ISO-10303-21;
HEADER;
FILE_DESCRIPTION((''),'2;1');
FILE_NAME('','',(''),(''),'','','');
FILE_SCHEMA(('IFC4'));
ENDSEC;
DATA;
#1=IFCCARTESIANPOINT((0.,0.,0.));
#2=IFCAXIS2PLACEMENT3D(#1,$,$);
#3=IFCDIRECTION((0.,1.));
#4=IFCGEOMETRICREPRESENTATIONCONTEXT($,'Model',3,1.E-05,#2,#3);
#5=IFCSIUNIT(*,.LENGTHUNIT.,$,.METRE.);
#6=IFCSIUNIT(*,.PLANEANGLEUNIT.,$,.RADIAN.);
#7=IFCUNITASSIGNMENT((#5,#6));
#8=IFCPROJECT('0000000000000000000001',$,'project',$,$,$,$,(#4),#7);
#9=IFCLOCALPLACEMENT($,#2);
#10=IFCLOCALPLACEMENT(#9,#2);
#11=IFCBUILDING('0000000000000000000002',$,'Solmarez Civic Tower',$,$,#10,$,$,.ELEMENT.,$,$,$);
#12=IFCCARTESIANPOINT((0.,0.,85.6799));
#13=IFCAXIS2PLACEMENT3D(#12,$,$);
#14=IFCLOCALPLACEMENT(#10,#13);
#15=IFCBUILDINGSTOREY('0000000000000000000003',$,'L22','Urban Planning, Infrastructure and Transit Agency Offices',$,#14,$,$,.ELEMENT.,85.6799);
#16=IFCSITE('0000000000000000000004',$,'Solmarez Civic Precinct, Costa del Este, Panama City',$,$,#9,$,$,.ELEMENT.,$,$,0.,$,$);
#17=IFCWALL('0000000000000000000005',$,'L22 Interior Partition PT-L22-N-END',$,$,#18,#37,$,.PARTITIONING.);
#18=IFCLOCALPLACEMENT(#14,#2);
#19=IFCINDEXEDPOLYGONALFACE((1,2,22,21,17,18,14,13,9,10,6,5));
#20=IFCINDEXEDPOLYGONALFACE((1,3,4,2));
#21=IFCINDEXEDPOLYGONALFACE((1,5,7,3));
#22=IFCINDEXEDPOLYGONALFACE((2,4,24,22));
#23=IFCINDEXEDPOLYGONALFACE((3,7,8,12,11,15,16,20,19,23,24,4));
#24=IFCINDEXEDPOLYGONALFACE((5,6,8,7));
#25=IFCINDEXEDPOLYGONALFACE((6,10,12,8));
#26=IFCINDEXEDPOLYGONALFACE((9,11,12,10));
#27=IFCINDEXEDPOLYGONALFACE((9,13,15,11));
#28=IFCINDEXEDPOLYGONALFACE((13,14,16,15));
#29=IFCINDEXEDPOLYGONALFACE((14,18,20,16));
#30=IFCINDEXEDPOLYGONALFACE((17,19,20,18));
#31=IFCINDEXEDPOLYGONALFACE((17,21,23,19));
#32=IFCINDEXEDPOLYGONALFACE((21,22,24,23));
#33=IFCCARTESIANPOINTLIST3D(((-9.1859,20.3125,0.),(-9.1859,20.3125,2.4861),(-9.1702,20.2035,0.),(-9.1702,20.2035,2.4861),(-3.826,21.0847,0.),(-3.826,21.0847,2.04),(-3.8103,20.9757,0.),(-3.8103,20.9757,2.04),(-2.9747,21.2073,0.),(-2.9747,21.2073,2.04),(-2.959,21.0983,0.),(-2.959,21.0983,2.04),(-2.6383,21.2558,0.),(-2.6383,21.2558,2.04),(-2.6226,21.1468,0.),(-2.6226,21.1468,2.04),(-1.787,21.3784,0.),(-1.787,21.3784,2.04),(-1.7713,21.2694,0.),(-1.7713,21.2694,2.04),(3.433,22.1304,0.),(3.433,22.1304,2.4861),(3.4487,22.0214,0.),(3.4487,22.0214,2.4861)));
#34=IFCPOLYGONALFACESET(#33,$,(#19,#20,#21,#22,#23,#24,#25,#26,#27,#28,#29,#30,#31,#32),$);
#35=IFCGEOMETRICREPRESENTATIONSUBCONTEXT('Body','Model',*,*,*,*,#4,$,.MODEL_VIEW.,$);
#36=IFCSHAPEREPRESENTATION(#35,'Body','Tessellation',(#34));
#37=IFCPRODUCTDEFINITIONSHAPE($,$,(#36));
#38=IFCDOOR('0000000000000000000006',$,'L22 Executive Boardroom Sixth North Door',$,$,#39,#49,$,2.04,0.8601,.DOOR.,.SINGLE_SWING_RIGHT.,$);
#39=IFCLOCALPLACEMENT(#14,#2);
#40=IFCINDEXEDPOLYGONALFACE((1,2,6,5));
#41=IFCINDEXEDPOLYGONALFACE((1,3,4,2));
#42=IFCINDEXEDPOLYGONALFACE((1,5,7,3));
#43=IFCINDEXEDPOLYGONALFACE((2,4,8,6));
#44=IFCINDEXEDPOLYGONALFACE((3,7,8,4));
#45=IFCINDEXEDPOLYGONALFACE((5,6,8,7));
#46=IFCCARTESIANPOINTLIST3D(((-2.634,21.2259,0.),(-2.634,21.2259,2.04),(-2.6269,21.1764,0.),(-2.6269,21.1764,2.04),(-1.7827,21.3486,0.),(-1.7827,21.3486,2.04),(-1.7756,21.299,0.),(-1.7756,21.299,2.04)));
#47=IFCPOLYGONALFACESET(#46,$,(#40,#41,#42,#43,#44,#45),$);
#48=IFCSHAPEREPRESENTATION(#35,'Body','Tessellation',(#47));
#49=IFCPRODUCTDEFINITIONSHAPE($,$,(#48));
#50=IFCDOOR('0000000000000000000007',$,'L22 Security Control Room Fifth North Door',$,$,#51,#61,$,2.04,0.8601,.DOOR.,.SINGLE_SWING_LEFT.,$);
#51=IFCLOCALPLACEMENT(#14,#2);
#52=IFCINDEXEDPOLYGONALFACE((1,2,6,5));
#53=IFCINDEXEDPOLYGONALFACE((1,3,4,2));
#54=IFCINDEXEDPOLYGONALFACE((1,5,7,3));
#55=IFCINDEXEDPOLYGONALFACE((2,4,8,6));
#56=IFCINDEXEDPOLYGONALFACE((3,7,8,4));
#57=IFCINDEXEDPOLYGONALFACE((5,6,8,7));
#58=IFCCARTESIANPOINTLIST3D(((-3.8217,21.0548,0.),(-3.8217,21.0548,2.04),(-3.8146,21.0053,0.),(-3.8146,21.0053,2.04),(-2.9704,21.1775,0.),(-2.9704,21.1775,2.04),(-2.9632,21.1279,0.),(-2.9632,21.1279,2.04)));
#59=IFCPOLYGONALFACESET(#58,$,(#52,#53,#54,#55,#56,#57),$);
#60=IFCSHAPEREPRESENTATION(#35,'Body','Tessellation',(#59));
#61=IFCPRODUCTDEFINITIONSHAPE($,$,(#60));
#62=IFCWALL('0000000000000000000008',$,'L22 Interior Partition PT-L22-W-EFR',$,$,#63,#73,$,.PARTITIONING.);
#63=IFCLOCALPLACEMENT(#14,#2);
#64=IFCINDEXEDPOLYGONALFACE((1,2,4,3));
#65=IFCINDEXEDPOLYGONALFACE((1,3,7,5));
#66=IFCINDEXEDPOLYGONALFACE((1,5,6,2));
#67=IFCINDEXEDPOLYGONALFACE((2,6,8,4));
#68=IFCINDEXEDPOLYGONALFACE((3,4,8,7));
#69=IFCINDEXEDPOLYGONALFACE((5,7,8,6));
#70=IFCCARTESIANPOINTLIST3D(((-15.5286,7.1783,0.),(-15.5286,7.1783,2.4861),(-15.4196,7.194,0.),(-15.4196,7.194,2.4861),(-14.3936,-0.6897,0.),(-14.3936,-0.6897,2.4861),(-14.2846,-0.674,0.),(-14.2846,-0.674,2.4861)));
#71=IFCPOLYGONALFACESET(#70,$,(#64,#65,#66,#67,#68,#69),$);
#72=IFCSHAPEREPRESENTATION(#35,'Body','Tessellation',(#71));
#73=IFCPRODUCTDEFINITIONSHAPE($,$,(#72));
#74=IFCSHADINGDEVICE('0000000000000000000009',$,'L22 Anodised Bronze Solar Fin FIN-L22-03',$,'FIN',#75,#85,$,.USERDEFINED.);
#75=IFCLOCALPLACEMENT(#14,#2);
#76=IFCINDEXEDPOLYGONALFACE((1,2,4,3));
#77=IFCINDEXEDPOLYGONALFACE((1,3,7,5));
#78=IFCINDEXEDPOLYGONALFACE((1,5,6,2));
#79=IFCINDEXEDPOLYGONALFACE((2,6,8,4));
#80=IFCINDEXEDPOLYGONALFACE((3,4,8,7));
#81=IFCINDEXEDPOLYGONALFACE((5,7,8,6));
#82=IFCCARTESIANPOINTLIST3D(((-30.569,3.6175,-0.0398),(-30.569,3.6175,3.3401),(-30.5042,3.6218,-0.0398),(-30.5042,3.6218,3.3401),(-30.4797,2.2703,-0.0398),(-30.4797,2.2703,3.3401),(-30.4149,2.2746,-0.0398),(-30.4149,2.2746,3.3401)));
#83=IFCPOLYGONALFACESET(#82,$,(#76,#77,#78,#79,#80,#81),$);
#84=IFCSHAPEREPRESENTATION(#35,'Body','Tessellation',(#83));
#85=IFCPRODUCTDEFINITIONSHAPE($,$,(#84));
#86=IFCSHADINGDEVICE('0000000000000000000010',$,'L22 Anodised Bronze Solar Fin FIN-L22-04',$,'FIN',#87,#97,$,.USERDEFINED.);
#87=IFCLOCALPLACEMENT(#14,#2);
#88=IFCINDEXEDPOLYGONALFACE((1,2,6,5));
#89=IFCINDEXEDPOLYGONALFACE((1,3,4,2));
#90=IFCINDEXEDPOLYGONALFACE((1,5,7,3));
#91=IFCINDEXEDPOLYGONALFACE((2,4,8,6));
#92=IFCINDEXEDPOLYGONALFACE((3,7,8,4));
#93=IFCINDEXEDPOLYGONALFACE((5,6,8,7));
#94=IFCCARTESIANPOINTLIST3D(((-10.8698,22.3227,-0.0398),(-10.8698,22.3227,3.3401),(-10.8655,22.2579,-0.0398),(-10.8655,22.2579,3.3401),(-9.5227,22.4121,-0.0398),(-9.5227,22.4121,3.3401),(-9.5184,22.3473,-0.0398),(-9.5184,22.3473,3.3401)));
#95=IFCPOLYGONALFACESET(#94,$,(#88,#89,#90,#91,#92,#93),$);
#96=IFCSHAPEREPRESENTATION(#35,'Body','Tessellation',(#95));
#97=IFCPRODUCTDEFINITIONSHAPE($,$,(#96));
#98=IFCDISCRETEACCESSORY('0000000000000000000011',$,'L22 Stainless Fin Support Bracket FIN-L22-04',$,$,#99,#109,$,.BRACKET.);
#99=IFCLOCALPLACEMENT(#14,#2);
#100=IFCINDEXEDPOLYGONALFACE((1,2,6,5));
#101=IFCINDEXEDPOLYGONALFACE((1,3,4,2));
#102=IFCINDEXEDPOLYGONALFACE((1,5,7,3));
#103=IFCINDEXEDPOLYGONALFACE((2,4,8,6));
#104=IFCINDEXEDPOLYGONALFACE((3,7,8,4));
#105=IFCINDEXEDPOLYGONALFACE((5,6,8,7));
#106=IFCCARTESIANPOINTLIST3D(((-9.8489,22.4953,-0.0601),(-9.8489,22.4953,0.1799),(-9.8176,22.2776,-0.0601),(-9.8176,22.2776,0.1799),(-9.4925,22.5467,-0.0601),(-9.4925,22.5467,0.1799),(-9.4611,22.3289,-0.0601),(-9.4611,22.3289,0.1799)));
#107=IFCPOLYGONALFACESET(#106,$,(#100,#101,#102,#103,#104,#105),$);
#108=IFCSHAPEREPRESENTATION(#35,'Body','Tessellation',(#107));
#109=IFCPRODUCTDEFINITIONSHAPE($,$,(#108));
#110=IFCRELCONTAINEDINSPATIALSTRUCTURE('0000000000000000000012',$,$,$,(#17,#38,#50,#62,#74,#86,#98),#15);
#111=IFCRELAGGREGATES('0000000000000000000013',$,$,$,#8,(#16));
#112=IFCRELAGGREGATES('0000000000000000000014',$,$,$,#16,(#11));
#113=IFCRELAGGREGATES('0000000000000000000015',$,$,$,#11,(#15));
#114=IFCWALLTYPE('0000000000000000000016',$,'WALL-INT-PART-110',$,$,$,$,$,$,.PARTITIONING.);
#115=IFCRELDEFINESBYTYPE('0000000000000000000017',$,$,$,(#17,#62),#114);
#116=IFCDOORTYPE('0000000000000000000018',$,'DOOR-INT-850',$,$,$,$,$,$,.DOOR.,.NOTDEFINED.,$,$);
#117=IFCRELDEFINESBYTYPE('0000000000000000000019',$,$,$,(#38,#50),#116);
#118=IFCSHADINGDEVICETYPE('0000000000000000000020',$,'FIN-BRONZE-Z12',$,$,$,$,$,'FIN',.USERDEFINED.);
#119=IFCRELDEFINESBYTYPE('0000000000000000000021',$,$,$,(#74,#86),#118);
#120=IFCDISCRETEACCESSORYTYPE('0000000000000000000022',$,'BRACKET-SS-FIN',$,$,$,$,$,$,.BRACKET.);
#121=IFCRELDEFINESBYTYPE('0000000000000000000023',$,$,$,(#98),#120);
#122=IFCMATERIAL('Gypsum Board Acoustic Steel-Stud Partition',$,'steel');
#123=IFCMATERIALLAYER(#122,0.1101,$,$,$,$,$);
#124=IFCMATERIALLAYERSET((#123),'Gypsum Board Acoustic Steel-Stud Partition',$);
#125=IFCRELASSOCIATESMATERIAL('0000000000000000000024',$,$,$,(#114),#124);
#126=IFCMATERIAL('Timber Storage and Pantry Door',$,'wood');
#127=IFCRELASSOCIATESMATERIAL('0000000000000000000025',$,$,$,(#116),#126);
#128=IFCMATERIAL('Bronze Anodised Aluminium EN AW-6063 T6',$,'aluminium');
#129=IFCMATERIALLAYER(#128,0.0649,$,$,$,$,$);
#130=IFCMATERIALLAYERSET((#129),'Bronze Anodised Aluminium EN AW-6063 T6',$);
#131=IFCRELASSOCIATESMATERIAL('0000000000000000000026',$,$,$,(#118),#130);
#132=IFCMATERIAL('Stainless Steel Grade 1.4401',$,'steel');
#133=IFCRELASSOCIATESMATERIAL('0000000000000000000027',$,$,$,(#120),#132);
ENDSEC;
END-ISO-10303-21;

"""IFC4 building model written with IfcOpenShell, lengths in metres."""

from ifc_helpers import new_model, si_unit, direction, frame, frame_2d, origin, origin_2d, place, context, subcontext, project, spatial, rectangle, extrude, material, layer, layer_set, type_object, element, fill, save


model = new_model("IFC4")

# Units and contexts
model_context = context("Model", 3, precision=1e-05, world=origin(), true_north=direction((0.0, 1.0)))
body_context = subcontext(model_context, "Body", "Model", "MODEL_VIEW")
ifc_project = project(units=[si_unit("LENGTHUNIT", "METRE"), si_unit("PLANEANGLEUNIT", "RADIAN")], contexts=[model_context])

# Site, building, storey
site_placement = place(None, origin())
site = spatial("IfcSite", under=ifc_project, at=site_placement, Name="Solmarez Civic Precinct, Costa del Este, Panama City", CompositionType="ELEMENT", RefElevation=0.0)
building_placement = place(site_placement, origin())
building = spatial("IfcBuilding", under=site, at=building_placement, Name="Solmarez Civic Tower", CompositionType="ELEMENT")
storey_placement = place(building_placement, frame((0.0, 0.0, 85.6799)))
storey = spatial("IfcBuildingStorey", under=building, at=storey_placement, Name="L22", Description="Urban Planning, Infrastructure and Transit Agency Offices", CompositionType="ELEMENT", Elevation=85.6799)

# Shared definitions
ifc_material_1 = material(Name="Gypsum Board Acoustic Steel-Stud Partition", Category="steel")
ifc_layer_1 = layer(ifc_material_1, 0.1101)
ifc_layer_set_1 = layer_set([ifc_layer_1], Name="Gypsum Board Acoustic Steel-Stud Partition")
wall_type_1 = type_object("IfcWallType", Name="WALL-INT-PART-110", PredefinedType="PARTITIONING", material=ifc_layer_set_1)

# Wall, openings, doors
wall_1_placement = place(storey_placement, frame((-9.178, 20.2581, 0.0), z_axis=(0.0, 0.0, 1.0), x_axis=(0.989782, 0.142587, 0.0)))
wall_1 = element("IfcWall", 1, at=wall_1_placement, inside=storey, type_object=wall_type_1, Name="L22 Interior Partition PT-L22-N-END", PredefinedType="PARTITIONING", context=body_context, shape_type="SweptSolid", body=[
    extrude(rectangle(XDim=12.7493, YDim=0.1101, at=frame_2d((6.3745, 0.0))), origin(), (0.0, 0.0, 1.0), 2.4861),
])
opening_1_placement = place(wall_1_placement, frame((6.615, 0.0, 0.0)))
opening_1 = element("IfcOpeningElement", 2, at=opening_1_placement, cuts=wall_1, PredefinedType="OPENING", context=body_context, shape_type="SweptSolid", body=[
    extrude(rectangle(XDim=0.8601, YDim=2.04, at=frame_2d((0.4302, 1.02))), frame((0.0, 0.0649, 0.0), z_axis=(0.0, -1.0, 0.0), x_axis=(1.0, 0.0, 0.0)), (0.0, 0.0, 1.0), 0.1301),
])
opening_2_placement = place(wall_1_placement, frame((5.415, 0.0, 0.0)))
opening_2 = element("IfcOpeningElement", 3, at=opening_2_placement, cuts=wall_1, PredefinedType="OPENING", context=body_context, shape_type="SweptSolid", body=[
    extrude(rectangle(XDim=0.8601, YDim=2.04, at=frame_2d((0.4302, 1.02))), frame((0.0, 0.0649, 0.0), z_axis=(0.0, -1.0, 0.0), x_axis=(1.0, 0.0, 0.0)), (0.0, 0.0, 1.0), 0.1301),
])
ifc_material_2 = material(Name="Timber Storage and Pantry Door", Category="wood")
door_type = type_object("IfcDoorType", Name="DOOR-INT-850", OperationType="NOTDEFINED", PredefinedType="DOOR", material=ifc_material_2)
door_1_placement = place(opening_1_placement, origin())
door_1 = element("IfcDoor", 4, at=door_1_placement, inside=storey, type_object=door_type, Name="L22 Executive Boardroom Sixth North Door", OperationType="SINGLE_SWING_RIGHT", OverallHeight=2.04, OverallWidth=0.8601, PredefinedType="DOOR", context=body_context, shape_type="SweptSolid", body=[
    extrude(rectangle(XDim=0.8601, YDim=2.04, at=frame_2d((0.4302, 1.02))), frame((0.0, 0.0249, 0.0), z_axis=(0.0, -1.0, 0.0), x_axis=(1.0, 0.0, 0.0)), (0.0, 0.0, 1.0), 0.05),
])
fill(opening_1, door_1)
door_2_placement = place(opening_2_placement, origin())
door_2 = element("IfcDoor", 5, at=door_2_placement, inside=storey, type_object=door_type, Name="L22 Security Control Room Fifth North Door", OperationType="SINGLE_SWING_LEFT", OverallHeight=2.04, OverallWidth=0.8601, PredefinedType="DOOR", context=body_context, shape_type="SweptSolid", body=[
    extrude(rectangle(XDim=0.8601, YDim=2.04, at=frame_2d((0.4302, 1.02))), frame((0.0, 0.0249, 0.0), z_axis=(0.0, -1.0, 0.0), x_axis=(1.0, 0.0, 0.0)), (0.0, 0.0, 1.0), 0.05),
])
fill(opening_2, door_2)

# Wall
wall_2_placement = place(storey_placement, frame((-15.4741, 7.186, 0.0), z_axis=(0.0, 0.0, 1.0), x_axis=(0.14278, -0.989754, 0.0)))
element("IfcWall", 6, at=wall_2_placement, inside=storey, type_object=wall_type_1, Name="L22 Interior Partition PT-L22-W-EFR", PredefinedType="PARTITIONING", context=body_context, shape_type="SweptSolid", body=[
    extrude(rectangle(XDim=7.9495, YDim=0.1101, at=frame_2d((3.9746, 0.0))), origin(), (0.0, 0.0, 1.0), 2.4861),
])

# Shading devices
ifc_material_3 = material(Name="Bronze Anodised Aluminium EN AW-6063 T6", Category="aluminium")
ifc_layer_2 = layer(ifc_material_3, 0.0649)
ifc_layer_set_2 = layer_set([ifc_layer_2], Name="Bronze Anodised Aluminium EN AW-6063 T6")
shading_device_type = type_object("IfcShadingDeviceType", Name="FIN-BRONZE-Z12", ElementType="FIN", PredefinedType="USERDEFINED", material=ifc_layer_set_2)
for number, where, z_axis, x_axis, name in (
    (7, (-30.4919, 2.946, -0.0398), (0.0, 0.0, 1.0), (-0.066204, 0.997806, 0.0), "L22 Anodised Bronze Solar Fin FIN-L22-03"),
    (8, (-10.1941, 22.335, -0.0398), (0.0, 0.0, 1.0), (-0.997805, -0.066222, 0.0), "L22 Anodised Bronze Solar Fin FIN-L22-04"),
):
    element("IfcShadingDevice", number, at=place(storey_placement, frame(where, z_axis=z_axis, x_axis=x_axis)), inside=storey, type_object=shading_device_type, Name=name, ObjectType="FIN", PredefinedType="USERDEFINED", context=body_context, shape_type="SweptSolid", body=[
        extrude(rectangle(XDim=1.3501, YDim=0.0649, at=origin_2d()), origin(), (0.0, 0.0, 1.0), 3.3799),
    ])

# Discrete accessory
ifc_material_4 = material(Name="Stainless Steel Grade 1.4401", Category="steel")
discrete_accessory_type = type_object("IfcDiscreteAccessoryType", Name="BRACKET-SS-FIN", PredefinedType="BRACKET", material=ifc_material_4)
discrete_accessory_placement = place(storey_placement, frame((-9.655, 22.4121, -0.0601), z_axis=(0.0, 0.0, 1.0), x_axis=(-0.989776, -0.142628, 0.0)))
element("IfcDiscreteAccessory", 9, at=discrete_accessory_placement, inside=storey, type_object=discrete_accessory_type, Name="L22 Stainless Fin Support Bracket FIN-L22-04", PredefinedType="BRACKET", context=body_context, shape_type="SweptSolid", body=[
    extrude(rectangle(XDim=0.3601, YDim=0.22, at=origin_2d()), origin(), (0.0, 0.0, 1.0), 0.24),
])

save(model, "model.ifc")
